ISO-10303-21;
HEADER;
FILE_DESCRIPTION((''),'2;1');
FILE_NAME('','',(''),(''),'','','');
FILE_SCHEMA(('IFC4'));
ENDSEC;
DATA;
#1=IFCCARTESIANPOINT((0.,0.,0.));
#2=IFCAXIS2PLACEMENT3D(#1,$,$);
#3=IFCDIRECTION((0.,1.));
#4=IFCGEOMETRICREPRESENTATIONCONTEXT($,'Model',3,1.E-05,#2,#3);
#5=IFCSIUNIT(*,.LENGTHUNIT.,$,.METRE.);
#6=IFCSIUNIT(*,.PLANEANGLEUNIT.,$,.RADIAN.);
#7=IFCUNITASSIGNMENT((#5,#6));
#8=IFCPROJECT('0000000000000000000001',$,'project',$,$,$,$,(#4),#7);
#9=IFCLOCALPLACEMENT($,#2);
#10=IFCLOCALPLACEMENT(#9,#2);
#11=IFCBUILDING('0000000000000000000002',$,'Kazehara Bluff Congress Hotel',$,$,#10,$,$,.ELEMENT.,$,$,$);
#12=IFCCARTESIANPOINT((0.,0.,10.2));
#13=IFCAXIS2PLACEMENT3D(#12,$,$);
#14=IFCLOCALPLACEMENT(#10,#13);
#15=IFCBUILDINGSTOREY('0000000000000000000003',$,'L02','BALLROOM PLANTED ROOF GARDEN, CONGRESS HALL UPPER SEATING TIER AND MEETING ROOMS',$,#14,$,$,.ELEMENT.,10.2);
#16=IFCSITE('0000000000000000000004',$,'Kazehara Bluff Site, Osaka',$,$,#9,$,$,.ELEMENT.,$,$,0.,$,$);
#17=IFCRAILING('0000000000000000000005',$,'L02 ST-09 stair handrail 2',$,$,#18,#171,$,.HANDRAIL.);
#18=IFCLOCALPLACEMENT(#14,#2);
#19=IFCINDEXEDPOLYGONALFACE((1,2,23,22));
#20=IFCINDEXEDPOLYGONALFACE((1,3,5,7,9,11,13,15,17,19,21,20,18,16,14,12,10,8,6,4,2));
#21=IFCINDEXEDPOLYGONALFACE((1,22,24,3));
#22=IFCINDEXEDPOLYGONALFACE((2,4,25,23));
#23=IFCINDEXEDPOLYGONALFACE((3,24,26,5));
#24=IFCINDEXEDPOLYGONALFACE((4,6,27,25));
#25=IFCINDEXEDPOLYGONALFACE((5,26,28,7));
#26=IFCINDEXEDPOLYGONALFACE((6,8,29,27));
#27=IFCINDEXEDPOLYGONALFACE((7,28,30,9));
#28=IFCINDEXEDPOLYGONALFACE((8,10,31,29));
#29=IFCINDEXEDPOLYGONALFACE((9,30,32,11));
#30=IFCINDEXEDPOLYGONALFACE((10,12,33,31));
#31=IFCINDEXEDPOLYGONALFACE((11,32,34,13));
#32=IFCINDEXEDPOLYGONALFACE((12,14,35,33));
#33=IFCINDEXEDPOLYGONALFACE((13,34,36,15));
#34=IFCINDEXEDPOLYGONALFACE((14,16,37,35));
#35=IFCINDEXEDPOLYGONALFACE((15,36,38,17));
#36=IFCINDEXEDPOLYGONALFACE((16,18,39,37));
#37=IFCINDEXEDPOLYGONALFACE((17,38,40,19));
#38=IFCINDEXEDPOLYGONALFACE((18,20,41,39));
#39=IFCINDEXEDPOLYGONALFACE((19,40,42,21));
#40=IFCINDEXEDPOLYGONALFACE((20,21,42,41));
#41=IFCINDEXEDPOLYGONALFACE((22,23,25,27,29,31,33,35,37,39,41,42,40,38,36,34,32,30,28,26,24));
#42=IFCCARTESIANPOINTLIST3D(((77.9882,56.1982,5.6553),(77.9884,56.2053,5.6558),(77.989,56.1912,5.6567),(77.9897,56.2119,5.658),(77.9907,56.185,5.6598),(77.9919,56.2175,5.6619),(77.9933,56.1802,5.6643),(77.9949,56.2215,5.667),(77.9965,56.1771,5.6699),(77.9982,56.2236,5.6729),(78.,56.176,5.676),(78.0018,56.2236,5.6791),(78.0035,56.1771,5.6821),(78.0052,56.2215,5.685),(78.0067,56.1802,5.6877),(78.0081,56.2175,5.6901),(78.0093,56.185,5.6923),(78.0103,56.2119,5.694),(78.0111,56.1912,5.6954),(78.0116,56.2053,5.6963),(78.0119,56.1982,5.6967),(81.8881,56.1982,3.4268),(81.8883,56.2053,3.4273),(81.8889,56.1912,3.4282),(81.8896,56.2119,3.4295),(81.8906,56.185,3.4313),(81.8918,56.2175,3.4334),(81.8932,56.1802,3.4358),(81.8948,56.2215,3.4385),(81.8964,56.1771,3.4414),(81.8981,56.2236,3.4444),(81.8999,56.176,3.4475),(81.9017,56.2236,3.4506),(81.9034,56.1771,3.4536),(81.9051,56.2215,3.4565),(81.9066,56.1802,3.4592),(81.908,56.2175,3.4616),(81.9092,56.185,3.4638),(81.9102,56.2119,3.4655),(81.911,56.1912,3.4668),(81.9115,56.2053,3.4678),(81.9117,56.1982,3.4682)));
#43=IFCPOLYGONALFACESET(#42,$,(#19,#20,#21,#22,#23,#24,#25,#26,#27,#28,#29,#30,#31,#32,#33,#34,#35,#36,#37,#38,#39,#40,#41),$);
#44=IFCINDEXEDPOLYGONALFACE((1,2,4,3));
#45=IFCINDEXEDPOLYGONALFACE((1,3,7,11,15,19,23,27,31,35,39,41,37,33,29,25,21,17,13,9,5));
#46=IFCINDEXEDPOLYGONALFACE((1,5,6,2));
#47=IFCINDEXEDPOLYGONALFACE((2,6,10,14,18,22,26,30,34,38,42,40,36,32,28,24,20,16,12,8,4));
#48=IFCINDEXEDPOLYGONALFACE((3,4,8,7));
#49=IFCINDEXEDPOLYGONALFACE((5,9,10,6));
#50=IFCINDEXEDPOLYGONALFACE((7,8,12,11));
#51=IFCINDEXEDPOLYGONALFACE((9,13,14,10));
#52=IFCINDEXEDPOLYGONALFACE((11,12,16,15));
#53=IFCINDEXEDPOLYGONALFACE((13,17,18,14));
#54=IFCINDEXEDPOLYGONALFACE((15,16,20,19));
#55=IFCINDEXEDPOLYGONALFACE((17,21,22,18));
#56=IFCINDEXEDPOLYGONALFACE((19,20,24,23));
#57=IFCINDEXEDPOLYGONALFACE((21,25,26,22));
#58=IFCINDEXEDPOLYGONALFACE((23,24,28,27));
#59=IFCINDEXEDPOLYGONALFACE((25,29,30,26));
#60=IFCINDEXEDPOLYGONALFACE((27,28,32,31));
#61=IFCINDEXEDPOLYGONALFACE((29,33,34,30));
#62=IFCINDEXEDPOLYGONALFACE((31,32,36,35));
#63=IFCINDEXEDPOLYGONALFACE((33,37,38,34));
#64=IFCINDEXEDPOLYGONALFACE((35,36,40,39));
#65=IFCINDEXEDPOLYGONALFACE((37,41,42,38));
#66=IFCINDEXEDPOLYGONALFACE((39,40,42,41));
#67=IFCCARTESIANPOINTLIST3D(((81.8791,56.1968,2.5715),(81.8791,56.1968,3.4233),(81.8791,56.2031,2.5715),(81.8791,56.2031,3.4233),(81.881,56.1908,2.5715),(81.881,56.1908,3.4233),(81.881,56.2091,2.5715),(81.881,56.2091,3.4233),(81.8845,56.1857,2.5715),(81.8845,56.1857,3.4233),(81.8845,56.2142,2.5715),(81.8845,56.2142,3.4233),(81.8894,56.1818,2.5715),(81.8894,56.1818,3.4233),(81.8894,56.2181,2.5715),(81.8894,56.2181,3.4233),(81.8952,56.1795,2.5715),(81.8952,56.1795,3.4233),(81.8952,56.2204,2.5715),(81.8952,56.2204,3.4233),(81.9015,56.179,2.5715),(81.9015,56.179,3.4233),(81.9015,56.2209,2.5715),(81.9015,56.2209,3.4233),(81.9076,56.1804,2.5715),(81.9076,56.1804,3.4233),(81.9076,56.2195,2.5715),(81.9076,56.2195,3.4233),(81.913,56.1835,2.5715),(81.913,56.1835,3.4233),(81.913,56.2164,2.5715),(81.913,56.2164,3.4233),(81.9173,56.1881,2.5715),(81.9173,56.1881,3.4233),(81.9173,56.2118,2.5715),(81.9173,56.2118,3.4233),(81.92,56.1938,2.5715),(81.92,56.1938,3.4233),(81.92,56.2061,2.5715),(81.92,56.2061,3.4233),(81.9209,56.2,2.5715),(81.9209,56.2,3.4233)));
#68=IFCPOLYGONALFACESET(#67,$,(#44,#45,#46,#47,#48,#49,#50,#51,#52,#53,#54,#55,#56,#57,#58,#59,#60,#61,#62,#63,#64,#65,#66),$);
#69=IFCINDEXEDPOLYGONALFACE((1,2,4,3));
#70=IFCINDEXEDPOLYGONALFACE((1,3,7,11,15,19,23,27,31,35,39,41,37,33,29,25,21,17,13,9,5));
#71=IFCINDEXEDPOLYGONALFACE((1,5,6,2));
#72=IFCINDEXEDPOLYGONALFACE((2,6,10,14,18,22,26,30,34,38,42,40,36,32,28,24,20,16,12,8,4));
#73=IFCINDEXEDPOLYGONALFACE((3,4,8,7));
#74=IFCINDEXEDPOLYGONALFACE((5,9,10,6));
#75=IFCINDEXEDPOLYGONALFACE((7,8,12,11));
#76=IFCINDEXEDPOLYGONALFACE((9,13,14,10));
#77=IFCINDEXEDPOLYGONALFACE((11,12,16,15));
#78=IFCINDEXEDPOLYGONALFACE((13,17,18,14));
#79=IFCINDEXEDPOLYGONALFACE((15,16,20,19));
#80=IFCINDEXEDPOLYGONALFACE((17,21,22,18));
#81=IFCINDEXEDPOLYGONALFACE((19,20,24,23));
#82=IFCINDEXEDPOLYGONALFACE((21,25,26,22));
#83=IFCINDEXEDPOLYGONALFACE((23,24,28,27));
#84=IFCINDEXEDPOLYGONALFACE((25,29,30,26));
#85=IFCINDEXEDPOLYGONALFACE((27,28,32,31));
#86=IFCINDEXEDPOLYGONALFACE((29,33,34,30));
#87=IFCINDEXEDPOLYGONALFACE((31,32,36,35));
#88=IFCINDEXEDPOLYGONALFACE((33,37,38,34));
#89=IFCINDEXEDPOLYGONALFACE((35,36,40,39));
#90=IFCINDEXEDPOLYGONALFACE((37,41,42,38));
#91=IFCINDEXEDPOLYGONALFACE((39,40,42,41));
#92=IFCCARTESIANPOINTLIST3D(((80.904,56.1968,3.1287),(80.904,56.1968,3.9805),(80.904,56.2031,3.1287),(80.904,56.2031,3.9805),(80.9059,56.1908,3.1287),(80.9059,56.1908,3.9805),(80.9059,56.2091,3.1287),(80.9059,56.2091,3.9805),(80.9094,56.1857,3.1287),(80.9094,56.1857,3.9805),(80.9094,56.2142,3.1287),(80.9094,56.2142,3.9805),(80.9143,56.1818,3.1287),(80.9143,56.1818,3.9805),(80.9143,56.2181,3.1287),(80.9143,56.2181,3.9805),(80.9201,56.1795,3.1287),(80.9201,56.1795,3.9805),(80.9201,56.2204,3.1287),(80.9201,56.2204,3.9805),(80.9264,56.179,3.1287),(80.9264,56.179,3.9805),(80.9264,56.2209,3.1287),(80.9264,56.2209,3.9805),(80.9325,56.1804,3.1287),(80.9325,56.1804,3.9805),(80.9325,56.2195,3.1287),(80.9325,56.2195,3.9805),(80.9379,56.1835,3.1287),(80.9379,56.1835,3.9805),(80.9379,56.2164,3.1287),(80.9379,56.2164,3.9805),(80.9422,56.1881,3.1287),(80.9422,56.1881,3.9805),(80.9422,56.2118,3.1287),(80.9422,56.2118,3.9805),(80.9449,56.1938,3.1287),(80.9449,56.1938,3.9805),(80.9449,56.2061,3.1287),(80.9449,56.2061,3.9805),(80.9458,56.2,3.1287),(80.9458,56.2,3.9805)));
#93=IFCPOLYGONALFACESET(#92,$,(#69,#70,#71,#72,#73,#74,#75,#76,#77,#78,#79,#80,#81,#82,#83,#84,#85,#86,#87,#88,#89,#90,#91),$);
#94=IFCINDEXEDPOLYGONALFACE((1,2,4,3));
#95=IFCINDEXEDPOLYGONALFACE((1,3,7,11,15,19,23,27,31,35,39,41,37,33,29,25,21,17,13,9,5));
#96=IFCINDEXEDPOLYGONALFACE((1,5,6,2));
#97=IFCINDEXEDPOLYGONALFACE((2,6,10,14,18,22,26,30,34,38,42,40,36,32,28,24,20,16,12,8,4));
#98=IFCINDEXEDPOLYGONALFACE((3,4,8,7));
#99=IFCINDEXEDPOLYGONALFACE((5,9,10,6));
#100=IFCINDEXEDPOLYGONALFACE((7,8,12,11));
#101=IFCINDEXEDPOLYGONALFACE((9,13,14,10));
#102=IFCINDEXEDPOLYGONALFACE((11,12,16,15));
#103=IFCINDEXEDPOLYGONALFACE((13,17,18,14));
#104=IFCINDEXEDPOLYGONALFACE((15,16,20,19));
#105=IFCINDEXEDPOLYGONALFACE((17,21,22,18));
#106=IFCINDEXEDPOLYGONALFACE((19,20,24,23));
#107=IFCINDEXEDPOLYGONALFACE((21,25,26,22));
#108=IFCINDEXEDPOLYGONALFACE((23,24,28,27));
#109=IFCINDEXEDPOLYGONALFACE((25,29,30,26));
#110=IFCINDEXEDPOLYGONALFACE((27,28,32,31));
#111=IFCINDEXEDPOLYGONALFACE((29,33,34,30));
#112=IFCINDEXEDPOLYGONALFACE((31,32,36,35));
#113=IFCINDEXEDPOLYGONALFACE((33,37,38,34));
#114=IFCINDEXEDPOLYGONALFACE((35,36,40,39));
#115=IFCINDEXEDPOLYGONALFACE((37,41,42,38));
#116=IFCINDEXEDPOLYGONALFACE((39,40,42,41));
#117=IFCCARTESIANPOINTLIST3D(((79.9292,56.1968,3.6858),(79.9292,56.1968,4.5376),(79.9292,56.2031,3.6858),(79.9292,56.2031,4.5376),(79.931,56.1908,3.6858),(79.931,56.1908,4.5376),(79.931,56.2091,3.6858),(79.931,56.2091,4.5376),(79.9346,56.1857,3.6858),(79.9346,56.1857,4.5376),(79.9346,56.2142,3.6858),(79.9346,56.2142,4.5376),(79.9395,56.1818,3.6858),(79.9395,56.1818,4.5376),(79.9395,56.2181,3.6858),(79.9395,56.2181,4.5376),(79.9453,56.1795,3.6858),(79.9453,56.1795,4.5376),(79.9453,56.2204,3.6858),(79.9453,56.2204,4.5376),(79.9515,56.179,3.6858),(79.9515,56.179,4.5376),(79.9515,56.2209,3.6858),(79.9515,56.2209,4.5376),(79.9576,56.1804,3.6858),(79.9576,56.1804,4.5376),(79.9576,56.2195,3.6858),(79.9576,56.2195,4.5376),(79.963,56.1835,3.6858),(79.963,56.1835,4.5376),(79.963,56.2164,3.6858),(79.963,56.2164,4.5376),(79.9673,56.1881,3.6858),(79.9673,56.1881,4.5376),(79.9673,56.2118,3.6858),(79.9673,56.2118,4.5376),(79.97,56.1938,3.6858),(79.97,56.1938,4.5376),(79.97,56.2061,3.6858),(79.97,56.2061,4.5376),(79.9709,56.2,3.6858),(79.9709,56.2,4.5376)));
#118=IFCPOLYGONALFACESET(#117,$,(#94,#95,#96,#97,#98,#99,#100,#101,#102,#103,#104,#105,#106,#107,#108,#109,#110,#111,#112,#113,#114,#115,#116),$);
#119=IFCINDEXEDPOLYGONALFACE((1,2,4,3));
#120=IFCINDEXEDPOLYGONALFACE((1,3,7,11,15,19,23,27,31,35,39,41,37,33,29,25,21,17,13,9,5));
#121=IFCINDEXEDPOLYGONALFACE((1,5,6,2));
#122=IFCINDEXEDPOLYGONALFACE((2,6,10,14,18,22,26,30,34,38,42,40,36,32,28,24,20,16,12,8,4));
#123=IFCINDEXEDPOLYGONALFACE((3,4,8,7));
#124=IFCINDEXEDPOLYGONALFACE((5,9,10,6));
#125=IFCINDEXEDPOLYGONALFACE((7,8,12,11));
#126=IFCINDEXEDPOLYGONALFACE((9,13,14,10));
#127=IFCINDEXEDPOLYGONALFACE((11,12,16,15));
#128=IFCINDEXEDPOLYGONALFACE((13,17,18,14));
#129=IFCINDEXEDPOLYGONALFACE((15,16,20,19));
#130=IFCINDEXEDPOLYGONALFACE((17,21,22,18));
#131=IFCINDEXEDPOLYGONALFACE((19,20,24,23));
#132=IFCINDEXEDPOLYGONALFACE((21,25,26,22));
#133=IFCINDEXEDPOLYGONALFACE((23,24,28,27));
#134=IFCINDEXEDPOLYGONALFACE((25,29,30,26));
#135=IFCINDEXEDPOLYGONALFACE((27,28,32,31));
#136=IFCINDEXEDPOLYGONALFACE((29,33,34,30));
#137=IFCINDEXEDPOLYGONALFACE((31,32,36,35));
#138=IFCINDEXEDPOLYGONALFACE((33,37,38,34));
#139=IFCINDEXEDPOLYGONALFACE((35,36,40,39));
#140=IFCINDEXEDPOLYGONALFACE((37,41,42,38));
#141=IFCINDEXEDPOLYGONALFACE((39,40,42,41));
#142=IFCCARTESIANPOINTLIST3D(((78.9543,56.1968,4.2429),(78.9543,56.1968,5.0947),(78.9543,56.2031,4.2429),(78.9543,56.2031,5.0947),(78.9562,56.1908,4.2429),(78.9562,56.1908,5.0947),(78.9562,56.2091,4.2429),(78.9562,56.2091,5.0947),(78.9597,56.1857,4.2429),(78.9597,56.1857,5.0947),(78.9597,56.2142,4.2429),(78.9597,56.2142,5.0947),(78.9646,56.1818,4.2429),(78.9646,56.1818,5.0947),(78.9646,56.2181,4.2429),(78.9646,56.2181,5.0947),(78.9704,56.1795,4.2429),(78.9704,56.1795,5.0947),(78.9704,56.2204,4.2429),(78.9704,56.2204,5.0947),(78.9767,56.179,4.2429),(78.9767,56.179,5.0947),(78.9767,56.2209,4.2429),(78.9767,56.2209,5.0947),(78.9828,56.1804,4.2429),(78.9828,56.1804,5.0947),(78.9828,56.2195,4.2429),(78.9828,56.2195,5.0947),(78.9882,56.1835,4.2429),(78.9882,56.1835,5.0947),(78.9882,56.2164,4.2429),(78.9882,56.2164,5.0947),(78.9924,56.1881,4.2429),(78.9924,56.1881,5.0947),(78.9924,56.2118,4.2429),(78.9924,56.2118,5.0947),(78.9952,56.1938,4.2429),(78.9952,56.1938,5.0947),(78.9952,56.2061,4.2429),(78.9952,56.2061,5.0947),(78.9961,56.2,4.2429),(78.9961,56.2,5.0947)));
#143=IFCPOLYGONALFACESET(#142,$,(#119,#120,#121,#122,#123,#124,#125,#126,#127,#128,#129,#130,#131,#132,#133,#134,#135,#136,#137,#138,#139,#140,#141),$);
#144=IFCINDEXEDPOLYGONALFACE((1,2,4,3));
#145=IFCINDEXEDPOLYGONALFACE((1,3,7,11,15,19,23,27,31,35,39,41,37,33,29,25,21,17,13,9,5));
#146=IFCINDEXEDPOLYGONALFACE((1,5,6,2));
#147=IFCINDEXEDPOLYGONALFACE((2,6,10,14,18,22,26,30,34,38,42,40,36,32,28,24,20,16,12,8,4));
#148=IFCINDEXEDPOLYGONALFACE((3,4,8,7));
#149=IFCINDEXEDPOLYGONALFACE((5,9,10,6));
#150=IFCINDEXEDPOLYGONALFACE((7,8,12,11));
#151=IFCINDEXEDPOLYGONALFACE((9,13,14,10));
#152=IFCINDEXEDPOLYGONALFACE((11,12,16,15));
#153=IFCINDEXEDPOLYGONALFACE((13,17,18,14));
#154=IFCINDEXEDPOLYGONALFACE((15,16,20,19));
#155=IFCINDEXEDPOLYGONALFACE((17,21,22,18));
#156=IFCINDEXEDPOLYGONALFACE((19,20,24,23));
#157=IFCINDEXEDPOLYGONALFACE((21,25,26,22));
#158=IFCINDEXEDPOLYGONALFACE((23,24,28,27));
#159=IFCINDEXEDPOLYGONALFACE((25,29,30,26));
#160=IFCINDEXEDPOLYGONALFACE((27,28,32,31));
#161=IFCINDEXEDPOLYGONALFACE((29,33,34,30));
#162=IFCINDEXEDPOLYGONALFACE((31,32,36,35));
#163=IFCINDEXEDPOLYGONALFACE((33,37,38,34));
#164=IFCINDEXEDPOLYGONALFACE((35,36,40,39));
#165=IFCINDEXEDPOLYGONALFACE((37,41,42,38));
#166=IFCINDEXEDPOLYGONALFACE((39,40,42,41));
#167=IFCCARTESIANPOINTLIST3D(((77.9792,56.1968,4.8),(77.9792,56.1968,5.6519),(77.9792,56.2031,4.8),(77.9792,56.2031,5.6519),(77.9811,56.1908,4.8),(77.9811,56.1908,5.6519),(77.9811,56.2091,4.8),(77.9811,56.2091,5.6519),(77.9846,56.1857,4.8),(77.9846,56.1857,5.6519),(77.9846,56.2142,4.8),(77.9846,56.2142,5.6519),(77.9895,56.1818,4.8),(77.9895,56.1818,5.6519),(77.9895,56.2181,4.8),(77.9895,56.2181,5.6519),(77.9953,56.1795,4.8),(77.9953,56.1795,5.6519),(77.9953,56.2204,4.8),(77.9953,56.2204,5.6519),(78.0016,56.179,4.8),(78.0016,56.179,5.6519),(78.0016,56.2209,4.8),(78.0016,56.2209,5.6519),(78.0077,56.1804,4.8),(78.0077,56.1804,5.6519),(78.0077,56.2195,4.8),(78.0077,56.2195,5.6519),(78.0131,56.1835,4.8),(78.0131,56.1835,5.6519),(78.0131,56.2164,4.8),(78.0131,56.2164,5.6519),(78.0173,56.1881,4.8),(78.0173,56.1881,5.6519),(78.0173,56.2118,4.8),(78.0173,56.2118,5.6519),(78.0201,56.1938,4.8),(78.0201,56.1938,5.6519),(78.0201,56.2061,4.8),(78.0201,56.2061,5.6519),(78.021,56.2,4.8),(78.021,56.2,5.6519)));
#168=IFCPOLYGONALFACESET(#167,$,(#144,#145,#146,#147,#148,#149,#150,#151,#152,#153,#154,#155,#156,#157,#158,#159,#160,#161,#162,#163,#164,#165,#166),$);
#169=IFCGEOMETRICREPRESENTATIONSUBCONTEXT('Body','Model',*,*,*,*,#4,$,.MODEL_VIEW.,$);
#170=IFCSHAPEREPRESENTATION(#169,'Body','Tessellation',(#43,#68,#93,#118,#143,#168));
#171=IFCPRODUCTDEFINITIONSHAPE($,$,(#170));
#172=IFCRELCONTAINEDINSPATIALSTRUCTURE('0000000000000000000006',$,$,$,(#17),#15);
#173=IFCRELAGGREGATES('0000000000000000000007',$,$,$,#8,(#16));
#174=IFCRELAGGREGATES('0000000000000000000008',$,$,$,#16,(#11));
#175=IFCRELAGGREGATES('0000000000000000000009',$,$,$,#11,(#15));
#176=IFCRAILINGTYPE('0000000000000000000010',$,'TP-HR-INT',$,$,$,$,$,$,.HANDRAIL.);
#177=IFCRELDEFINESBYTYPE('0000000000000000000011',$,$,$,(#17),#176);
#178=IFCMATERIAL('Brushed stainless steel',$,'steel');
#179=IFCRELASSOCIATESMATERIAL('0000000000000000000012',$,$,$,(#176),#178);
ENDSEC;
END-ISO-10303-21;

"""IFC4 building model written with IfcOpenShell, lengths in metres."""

from ifc_helpers import new_model, si_unit, direction, frame, origin, origin_2d, place, context, subcontext, project, spatial, circle, extrude, material, type_object, element, save


model = new_model("IFC4")

# Units and contexts
model_context = context("Model", 3, precision=1e-05, world=origin(), true_north=direction((0.0, 1.0)))
body_context = subcontext(model_context, "Body", "Model", "MODEL_VIEW")
ifc_project = project(units=[si_unit("LENGTHUNIT", "METRE"), si_unit("PLANEANGLEUNIT", "RADIAN")], contexts=[model_context])

# Site, building, storey
site_placement = place(None, origin())
site = spatial("IfcSite", under=ifc_project, at=site_placement, Name="Kazehara Bluff Site, Osaka", CompositionType="ELEMENT", RefElevation=0.0)
building_placement = place(site_placement, origin())
building = spatial("IfcBuilding", under=site, at=building_placement, Name="Kazehara Bluff Congress Hotel", CompositionType="ELEMENT")
storey_placement = place(building_placement, frame((0.0, 0.0, 10.2)))
storey = spatial("IfcBuildingStorey", under=building, at=storey_placement, Name="L02", Description="BALLROOM PLANTED ROOF GARDEN, CONGRESS HALL UPPER SEATING TIER AND MEETING ROOMS", CompositionType="ELEMENT", Elevation=10.2)

# Railing
ifc_material_1 = material(Name="Brushed stainless steel", Category="steel")
railing_type_1 = type_object("IfcRailingType", Name="TP-HR-INT", PredefinedType="HANDRAIL", material=ifc_material_1)
railing_1_placement = place(storey_placement, frame((81.8999, 56.2, 2.5715)))
element("IfcRailing", 1, at=railing_1_placement, inside=storey, type_object=railing_type_1, Name="L02 ST-09 stair handrail 2", PredefinedType="HANDRAIL", context=body_context, shape_type="SweptSolid", body=[
    extrude(circle(Radius=0.0239, at=origin_2d()), frame((0.0, 0.0, 0.876), z_axis=(-0.868243, 0.0, 0.496139), x_axis=(0.0, -1.0, 0.0)), (0.0, 0.0, 1.0), 4.4917),
    extrude(circle(Radius=0.021, at=origin_2d()), origin(), (0.0, 0.0, 1.0), 0.8518),
    extrude(circle(Radius=0.021, at=origin_2d()), frame((-0.9751, 0.0, 0.5571)), (0.0, 0.0, 1.0), 0.8518),
    extrude(circle(Radius=0.021, at=origin_2d()), frame((-1.95, 0.0, 1.1143)), (0.0, 0.0, 1.0), 0.8518),
    extrude(circle(Radius=0.021, at=origin_2d()), frame((-2.9248, 0.0, 1.6714)), (0.0, 0.0, 1.0), 0.8518),
    extrude(circle(Radius=0.021, at=origin_2d()), frame((-3.8999, 0.0, 2.2285)), (0.0, 0.0, 1.0), 0.8518),
])

save(model, "model.ifc")
